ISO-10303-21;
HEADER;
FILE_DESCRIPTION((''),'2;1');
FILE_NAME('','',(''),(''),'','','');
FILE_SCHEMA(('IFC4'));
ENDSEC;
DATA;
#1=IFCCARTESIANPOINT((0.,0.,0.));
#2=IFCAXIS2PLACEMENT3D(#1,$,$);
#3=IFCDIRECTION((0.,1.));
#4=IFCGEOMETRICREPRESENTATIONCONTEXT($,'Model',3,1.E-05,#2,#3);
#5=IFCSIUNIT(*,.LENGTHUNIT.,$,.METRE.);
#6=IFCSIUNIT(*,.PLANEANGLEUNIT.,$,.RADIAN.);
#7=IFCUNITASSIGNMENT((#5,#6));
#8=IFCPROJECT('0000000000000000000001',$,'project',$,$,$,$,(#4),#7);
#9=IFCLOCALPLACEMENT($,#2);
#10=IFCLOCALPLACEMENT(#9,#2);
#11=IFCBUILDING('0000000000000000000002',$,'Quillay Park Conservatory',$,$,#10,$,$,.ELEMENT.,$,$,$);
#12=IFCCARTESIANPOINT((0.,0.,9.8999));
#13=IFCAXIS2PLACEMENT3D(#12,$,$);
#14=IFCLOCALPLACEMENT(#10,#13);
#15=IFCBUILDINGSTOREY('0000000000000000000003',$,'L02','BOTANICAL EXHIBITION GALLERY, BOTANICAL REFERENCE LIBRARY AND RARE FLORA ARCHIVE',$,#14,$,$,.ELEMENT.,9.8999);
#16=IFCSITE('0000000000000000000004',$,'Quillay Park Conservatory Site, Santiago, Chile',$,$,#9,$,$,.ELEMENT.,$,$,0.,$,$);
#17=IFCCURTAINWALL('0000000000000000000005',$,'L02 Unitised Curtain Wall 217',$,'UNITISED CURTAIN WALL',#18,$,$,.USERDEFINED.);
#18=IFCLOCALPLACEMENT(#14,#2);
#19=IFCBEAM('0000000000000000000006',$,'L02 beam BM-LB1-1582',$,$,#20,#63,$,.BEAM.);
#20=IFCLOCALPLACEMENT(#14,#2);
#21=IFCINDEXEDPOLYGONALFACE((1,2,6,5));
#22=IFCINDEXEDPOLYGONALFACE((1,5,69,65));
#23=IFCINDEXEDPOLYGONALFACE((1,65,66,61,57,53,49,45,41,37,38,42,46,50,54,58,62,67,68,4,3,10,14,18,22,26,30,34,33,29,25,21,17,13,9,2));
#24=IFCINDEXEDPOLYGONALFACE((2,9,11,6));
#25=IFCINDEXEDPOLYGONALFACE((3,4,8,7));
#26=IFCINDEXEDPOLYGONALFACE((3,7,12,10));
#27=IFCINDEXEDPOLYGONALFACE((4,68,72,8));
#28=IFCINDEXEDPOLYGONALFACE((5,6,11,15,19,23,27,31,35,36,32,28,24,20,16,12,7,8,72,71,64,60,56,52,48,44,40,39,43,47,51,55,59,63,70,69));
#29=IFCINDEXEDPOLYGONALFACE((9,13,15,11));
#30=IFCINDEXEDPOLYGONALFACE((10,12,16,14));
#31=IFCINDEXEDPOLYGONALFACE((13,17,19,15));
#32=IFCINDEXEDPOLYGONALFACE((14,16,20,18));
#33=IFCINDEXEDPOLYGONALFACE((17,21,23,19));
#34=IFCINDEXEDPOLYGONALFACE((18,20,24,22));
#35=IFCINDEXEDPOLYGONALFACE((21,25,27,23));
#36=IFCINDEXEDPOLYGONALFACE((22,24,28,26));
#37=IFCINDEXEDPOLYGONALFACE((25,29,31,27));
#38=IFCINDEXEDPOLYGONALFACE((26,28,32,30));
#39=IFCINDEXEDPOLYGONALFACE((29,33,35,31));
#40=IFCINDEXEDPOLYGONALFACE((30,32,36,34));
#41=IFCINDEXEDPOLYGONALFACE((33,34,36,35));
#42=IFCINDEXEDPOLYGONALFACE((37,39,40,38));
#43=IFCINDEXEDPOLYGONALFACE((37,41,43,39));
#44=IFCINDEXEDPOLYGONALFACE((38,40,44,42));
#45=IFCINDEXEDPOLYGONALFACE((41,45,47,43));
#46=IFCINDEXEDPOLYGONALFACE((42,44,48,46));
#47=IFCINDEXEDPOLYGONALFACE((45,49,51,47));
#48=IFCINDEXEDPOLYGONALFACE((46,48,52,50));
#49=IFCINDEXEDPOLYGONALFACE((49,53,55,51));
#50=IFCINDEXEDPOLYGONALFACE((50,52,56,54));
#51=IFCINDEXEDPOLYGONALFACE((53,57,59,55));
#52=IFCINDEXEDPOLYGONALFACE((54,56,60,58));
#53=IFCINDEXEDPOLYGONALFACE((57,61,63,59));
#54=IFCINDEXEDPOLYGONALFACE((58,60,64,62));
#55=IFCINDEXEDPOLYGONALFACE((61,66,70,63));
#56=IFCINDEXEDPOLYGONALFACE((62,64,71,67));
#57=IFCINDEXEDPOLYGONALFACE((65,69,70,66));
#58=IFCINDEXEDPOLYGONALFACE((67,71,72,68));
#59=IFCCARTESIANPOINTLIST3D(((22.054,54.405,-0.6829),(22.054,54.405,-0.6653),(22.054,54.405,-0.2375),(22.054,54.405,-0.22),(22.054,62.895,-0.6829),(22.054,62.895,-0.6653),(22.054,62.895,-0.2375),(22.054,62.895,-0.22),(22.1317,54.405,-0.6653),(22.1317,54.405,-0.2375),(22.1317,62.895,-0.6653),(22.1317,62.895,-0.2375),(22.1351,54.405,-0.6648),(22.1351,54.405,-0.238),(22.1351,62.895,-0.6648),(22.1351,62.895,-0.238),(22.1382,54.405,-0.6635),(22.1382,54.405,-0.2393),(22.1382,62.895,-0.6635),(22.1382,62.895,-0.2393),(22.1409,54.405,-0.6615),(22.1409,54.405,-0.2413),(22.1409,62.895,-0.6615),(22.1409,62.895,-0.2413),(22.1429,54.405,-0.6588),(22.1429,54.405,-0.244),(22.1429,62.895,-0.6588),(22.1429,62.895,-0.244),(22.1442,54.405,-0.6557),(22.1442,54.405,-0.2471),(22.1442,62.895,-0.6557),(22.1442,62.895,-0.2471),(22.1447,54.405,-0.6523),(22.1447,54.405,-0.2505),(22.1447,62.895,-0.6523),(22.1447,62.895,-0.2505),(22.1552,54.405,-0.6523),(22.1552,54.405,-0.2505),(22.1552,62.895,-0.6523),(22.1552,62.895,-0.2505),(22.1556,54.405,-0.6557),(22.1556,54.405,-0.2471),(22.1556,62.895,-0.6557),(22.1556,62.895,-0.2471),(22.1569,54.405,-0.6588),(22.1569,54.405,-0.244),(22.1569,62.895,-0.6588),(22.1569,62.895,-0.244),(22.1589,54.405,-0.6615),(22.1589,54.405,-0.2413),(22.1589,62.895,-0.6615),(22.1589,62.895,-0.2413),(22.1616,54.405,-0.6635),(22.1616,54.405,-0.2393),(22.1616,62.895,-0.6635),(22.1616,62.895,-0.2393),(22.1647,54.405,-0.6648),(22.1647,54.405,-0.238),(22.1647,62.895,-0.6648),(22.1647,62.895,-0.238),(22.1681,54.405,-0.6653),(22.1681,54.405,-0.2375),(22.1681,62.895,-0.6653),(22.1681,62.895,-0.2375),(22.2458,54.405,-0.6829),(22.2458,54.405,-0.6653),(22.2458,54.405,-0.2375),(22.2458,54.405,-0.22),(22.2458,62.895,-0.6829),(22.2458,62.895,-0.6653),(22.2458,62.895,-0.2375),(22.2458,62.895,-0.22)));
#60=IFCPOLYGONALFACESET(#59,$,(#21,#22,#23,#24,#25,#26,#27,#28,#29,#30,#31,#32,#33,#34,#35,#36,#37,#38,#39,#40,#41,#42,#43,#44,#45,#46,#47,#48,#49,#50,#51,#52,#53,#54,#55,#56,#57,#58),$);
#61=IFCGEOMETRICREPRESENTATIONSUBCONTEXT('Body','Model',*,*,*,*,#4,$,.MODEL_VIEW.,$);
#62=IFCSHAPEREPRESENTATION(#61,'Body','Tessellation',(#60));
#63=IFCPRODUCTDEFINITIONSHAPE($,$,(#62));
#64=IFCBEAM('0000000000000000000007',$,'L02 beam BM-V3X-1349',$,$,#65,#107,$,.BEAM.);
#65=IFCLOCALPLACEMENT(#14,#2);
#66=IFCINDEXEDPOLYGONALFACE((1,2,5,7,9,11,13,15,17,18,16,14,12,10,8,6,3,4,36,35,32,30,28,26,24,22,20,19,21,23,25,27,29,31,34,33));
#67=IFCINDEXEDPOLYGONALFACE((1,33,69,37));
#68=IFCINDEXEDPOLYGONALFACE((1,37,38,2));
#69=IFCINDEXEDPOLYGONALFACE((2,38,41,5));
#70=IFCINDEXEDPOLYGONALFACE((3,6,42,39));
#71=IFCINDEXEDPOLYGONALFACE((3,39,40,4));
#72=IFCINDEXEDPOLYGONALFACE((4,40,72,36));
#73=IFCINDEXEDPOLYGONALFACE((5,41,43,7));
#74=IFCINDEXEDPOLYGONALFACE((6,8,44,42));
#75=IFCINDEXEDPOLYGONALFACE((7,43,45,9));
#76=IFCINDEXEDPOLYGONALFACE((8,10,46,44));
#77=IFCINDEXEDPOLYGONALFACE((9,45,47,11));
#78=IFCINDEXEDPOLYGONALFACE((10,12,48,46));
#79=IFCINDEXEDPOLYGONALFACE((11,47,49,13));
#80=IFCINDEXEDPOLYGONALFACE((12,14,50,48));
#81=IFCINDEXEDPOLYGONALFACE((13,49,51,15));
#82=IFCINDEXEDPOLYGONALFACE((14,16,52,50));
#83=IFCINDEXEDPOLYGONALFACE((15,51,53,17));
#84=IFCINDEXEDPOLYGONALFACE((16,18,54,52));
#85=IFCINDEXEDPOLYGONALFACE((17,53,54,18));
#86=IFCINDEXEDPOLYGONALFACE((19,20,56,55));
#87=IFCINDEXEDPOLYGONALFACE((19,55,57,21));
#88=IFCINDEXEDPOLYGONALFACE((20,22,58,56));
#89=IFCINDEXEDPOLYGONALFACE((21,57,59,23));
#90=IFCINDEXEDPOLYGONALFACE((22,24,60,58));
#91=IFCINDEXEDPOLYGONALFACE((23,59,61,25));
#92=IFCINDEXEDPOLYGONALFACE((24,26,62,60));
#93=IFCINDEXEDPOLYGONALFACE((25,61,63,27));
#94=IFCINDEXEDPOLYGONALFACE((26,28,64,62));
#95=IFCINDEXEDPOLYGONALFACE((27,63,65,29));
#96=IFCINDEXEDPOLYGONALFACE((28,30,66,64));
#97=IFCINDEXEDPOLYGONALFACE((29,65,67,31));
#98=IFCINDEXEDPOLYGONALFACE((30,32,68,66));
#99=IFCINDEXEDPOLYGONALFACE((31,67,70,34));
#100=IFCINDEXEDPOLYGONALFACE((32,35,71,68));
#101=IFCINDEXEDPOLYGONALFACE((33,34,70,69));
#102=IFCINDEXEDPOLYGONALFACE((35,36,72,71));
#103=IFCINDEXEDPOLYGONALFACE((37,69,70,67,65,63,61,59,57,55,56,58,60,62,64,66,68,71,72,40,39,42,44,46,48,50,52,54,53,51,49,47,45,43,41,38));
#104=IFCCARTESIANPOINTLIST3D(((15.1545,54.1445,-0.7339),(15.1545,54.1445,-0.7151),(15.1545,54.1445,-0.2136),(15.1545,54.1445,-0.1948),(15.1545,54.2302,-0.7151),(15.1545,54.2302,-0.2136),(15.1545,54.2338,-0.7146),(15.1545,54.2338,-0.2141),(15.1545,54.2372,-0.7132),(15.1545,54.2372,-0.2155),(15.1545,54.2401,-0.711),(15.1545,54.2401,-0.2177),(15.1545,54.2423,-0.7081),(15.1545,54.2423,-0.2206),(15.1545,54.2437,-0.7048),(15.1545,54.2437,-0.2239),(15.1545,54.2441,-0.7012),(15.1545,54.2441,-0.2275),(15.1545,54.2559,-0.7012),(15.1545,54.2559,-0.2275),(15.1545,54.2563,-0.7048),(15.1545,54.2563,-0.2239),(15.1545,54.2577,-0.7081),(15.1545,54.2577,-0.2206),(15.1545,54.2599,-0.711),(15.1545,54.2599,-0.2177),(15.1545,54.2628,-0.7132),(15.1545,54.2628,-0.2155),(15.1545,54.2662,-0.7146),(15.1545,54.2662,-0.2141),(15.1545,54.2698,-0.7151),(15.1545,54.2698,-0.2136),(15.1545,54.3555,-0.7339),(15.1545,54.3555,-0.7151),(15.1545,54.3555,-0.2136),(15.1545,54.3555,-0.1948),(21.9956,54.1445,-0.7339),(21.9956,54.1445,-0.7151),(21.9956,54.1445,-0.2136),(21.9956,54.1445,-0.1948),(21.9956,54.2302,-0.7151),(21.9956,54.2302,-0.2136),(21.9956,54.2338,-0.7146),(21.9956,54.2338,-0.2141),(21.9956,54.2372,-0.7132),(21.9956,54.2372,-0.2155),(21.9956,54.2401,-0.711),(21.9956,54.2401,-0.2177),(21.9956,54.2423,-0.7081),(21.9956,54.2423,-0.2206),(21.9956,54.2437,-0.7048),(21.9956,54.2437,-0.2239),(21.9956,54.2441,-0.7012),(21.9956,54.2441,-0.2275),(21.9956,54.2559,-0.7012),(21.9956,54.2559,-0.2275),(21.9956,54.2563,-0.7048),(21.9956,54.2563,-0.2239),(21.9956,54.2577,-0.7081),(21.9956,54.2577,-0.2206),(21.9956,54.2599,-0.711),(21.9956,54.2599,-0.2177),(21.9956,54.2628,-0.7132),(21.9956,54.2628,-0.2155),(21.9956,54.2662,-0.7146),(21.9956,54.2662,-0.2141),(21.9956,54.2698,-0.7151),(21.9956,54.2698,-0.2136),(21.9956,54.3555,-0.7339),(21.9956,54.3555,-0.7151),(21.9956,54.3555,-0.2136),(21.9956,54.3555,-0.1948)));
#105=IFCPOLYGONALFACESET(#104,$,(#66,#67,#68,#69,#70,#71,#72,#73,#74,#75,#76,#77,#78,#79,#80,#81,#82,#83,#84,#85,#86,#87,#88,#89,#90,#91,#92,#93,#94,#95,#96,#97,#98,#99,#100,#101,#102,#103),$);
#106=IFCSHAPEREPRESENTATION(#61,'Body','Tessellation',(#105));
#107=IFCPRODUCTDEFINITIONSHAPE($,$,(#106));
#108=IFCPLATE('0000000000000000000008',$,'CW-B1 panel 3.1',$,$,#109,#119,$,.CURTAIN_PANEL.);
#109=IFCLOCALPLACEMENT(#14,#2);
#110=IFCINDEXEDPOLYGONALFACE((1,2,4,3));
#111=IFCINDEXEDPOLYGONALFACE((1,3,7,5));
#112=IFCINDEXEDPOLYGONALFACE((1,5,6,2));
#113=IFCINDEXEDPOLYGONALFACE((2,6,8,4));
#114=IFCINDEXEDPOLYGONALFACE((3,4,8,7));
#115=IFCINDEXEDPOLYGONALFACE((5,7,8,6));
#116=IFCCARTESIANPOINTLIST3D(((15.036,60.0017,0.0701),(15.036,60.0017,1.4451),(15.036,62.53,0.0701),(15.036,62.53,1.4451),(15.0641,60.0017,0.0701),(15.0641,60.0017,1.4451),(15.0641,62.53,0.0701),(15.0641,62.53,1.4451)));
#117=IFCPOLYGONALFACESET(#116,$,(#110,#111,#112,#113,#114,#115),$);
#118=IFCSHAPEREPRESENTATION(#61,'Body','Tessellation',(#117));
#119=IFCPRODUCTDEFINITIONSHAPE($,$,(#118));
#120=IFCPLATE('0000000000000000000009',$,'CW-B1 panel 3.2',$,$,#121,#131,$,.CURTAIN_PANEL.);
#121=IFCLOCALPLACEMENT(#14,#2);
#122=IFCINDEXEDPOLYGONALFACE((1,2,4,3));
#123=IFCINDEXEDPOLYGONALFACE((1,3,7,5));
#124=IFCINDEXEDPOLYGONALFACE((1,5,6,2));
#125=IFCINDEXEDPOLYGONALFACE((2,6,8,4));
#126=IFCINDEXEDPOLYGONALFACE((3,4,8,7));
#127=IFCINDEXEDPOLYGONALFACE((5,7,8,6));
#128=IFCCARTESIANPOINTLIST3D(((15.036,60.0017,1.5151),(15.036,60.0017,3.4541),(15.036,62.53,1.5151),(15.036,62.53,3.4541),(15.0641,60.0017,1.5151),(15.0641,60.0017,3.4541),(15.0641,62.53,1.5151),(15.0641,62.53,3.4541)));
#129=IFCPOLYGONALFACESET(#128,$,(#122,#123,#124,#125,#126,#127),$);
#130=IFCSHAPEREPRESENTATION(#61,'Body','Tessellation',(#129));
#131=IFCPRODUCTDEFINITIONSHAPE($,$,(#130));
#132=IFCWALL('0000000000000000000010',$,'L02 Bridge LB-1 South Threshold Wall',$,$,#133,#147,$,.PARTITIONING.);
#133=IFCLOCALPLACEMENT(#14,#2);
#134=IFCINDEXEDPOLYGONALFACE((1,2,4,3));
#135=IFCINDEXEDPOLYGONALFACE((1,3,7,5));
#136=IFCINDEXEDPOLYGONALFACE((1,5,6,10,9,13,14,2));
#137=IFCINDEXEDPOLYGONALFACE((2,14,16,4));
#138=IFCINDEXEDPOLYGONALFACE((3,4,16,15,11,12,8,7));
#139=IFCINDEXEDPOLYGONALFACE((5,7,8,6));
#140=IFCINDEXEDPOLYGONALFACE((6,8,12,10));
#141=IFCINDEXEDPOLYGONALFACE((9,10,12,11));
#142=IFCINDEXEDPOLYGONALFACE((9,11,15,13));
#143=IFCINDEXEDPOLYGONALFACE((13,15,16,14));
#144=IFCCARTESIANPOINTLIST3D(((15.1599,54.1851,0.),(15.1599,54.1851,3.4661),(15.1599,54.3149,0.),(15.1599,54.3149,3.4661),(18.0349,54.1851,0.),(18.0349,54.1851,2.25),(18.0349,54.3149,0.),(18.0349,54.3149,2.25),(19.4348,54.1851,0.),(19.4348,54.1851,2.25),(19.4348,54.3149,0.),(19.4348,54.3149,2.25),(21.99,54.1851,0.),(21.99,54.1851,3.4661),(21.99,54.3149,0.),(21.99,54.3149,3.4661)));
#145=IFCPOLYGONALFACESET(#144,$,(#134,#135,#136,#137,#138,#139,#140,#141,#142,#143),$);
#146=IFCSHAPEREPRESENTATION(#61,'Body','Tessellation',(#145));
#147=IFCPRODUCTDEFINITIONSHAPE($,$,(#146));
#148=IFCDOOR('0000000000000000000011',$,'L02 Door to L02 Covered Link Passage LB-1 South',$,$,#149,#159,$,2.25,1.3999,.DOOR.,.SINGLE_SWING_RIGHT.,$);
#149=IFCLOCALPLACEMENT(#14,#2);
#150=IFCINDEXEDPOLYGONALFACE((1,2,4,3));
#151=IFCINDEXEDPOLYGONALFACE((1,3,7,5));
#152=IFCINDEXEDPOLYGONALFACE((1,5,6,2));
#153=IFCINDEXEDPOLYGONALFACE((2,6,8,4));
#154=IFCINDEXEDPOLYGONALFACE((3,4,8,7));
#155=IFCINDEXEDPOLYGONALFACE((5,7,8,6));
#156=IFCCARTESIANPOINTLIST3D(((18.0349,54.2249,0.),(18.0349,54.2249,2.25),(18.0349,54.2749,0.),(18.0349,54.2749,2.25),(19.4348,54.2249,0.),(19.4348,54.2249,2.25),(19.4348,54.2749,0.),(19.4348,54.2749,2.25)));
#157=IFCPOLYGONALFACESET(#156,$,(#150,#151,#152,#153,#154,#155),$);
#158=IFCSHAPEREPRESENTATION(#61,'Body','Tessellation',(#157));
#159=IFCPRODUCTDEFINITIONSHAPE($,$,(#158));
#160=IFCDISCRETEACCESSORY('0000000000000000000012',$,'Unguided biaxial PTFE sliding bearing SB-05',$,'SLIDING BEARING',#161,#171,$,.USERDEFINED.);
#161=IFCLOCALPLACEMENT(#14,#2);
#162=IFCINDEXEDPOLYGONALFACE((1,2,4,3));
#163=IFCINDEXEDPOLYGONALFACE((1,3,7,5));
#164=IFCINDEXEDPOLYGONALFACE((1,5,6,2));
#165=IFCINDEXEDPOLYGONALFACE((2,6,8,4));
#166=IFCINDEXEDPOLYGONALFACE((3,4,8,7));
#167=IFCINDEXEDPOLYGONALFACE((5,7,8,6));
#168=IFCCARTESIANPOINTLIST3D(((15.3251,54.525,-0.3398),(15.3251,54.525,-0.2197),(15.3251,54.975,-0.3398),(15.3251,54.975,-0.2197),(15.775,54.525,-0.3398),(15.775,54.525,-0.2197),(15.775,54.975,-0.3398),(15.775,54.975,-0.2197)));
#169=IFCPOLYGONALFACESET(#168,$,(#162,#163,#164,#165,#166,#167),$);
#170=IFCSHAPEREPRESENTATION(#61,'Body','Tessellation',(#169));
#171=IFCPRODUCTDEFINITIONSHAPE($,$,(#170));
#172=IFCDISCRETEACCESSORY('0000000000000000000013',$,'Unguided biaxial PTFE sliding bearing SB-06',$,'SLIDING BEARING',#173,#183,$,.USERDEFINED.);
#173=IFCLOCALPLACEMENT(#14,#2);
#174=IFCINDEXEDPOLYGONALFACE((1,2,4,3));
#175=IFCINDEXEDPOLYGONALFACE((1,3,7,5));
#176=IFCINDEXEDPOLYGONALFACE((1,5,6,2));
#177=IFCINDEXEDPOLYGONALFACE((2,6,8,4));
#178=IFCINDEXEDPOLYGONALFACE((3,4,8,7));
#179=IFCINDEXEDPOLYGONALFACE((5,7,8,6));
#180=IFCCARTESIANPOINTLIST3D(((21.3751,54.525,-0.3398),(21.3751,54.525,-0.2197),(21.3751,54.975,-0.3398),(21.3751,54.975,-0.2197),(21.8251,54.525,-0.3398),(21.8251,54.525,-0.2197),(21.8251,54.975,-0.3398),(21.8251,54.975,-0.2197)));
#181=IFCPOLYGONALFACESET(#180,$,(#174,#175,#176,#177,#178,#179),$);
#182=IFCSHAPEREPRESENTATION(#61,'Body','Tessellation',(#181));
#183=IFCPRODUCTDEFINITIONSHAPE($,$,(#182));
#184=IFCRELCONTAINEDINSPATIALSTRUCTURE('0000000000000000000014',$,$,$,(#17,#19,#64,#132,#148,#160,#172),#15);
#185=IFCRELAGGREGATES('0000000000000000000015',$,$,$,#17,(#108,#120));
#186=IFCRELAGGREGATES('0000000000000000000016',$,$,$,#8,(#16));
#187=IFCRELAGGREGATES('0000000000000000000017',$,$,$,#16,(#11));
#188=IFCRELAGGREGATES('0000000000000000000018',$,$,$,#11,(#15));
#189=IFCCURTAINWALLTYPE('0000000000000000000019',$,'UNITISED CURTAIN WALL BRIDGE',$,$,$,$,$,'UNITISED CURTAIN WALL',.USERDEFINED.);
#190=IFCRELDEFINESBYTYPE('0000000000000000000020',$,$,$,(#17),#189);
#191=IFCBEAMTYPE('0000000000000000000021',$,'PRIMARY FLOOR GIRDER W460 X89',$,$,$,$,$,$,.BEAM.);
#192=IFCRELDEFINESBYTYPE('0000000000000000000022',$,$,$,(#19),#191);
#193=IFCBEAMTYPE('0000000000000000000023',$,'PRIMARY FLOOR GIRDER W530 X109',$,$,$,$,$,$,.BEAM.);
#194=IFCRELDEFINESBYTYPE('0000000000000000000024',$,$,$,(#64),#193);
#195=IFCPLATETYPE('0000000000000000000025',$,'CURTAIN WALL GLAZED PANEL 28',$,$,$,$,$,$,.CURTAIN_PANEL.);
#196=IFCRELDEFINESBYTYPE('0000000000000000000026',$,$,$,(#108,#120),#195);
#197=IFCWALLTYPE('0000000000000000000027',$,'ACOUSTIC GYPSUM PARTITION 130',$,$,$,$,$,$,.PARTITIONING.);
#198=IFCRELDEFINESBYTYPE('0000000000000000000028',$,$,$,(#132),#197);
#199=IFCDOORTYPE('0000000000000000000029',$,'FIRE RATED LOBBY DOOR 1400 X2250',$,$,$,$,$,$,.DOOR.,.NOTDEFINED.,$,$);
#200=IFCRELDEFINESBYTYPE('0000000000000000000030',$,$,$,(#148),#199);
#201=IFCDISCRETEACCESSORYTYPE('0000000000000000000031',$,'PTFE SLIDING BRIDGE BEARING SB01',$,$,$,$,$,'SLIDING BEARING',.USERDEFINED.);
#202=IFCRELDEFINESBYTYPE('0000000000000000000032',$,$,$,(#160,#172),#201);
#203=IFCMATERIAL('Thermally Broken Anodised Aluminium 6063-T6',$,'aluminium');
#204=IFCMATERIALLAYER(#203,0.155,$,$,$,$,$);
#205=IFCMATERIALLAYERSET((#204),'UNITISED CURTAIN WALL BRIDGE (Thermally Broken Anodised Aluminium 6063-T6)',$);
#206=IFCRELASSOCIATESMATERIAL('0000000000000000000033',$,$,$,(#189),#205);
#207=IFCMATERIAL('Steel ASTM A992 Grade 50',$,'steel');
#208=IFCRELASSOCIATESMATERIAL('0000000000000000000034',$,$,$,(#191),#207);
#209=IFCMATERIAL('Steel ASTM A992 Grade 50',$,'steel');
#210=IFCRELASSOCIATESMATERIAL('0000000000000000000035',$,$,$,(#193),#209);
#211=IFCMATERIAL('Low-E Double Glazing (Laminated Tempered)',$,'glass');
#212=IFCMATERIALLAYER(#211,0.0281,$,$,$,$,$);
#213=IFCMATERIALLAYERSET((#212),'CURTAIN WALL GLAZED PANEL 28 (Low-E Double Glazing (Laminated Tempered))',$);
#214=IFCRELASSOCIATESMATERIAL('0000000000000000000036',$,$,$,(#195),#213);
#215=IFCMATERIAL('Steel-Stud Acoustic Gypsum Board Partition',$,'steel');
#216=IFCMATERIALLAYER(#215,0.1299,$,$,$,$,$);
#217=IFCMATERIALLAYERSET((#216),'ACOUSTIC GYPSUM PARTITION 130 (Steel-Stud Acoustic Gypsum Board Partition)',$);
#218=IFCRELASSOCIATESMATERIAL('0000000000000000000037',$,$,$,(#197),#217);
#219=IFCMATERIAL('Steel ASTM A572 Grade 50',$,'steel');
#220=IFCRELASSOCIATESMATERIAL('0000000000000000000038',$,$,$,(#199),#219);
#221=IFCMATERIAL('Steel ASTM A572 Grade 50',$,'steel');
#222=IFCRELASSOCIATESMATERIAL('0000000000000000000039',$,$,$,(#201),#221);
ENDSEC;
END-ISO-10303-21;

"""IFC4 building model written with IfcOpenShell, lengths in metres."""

from ifc_helpers import new_model, si_unit, direction, frame, frame_2d, origin, origin_2d, place, context, subcontext, project, spatial, rectangle, i_section, extrude, material, layer, layer_set, material_profile, profile_set, type_object, element, fill, aggregate, save


model = new_model("IFC4")

# Units and contexts
model_context = context("Model", 3, precision=1e-05, world=origin(), true_north=direction((0.0, 1.0)))
body_context = subcontext(model_context, "Body", "Model", "MODEL_VIEW")
ifc_project = project(units=[si_unit("LENGTHUNIT", "METRE"), si_unit("PLANEANGLEUNIT", "RADIAN")], contexts=[model_context])

# Site, building, storey
site_placement = place(None, origin())
site = spatial("IfcSite", under=ifc_project, at=site_placement, Name="Quillay Park Conservatory Site, Santiago, Chile", CompositionType="ELEMENT", RefElevation=0.0)
building_placement = place(site_placement, origin())
building = spatial("IfcBuilding", under=site, at=building_placement, Name="Quillay Park Conservatory", CompositionType="ELEMENT")
storey_placement = place(building_placement, frame((0.0, 0.0, 9.8999)))
storey = spatial("IfcBuildingStorey", under=building, at=storey_placement, Name="L02", Description="BOTANICAL EXHIBITION GALLERY, BOTANICAL REFERENCE LIBRARY AND RARE FLORA ARCHIVE", CompositionType="ELEMENT", Elevation=9.8999)

# Curtain wall
ifc_material_1 = material(Name="Thermally Broken Anodised Aluminium 6063-T6", Category="aluminium")
ifc_layer_1 = layer(ifc_material_1, 0.155)
ifc_layer_set_1 = layer_set([ifc_layer_1], Name="UNITISED CURTAIN WALL BRIDGE (Thermally Broken Anodised Aluminium 6063-T6)")
curtain_wall_type = type_object("IfcCurtainWallType", Name="UNITISED CURTAIN WALL BRIDGE", ElementType="UNITISED CURTAIN WALL", PredefinedType="USERDEFINED", material=ifc_layer_set_1)
curtain_wall_placement = place(storey_placement, origin())
curtain_wall = element("IfcCurtainWall", 1, at=curtain_wall_placement, inside=storey, type_object=curtain_wall_type, Name="L02 Unitised Curtain Wall 217", ObjectType="UNITISED CURTAIN WALL", PredefinedType="USERDEFINED")

# Beams
ifc_material_2 = material(Name="Steel ASTM A992 Grade 50", Category="steel")
ifc_material_profile_1 = material_profile(ifc_material_2, i_section(OverallWidth=0.1919, OverallDepth=0.4629, WebThickness=0.0105, FlangeThickness=0.0176, FilletRadius=0.0129, at=origin_2d()), Name="W460x89")
ifc_profile_set_1 = profile_set([ifc_material_profile_1], Name="Steel ASTM A992 Grade 50")
beam_type_1 = type_object("IfcBeamType", Name="PRIMARY FLOOR GIRDER W460 X89", PredefinedType="BEAM", material=ifc_profile_set_1)
beam_1_placement = place(storey_placement, frame((22.1499, 54.405, -0.4514), z_axis=(0.0, 1.0, 0.0), x_axis=(-1.0, 0.0, 0.0)))
element("IfcBeam", 2, at=beam_1_placement, inside=storey, type_object=beam_type_1, Name="L02 beam BM-LB1-1582", PredefinedType="BEAM", context=body_context, shape_type="SweptSolid", body=[
    extrude(i_section(OverallWidth=0.1919, OverallDepth=0.4629, WebThickness=0.0105, FlangeThickness=0.0176, FilletRadius=0.0129, at=origin_2d()), origin(), (0.0, 0.0, 1.0), 8.49),
])
ifc_material_3 = material(Name="Steel ASTM A992 Grade 50", Category="steel")
ifc_material_profile_2 = material_profile(ifc_material_3, i_section(OverallWidth=0.2109, OverallDepth=0.5391, WebThickness=0.0117, FlangeThickness=0.0188, FilletRadius=0.0139, at=origin_2d()), Name="W530x109")
ifc_profile_set_2 = profile_set([ifc_material_profile_2], Name="Steel ASTM A992 Grade 50")
beam_type_2 = type_object("IfcBeamType", Name="PRIMARY FLOOR GIRDER W530 X109", PredefinedType="BEAM", material=ifc_profile_set_2)
beam_2_placement = place(storey_placement, frame((15.1545, 54.25, -0.4644), z_axis=(1.0, 0.0, 0.0), x_axis=(0.0, 1.0, 0.0)))
element("IfcBeam", 3, at=beam_2_placement, inside=storey, type_object=beam_type_2, Name="L02 beam BM-V3X-1349", PredefinedType="BEAM", context=body_context, shape_type="SweptSolid", body=[
    extrude(i_section(OverallWidth=0.2109, OverallDepth=0.5391, WebThickness=0.0117, FlangeThickness=0.0188, FilletRadius=0.0139, at=origin_2d()), origin(), (0.0, 0.0, 1.0), 6.8411),
])

# Plates
ifc_material_4 = material(Name="Low-E Double Glazing (Laminated Tempered)", Category="glass")
ifc_layer_2 = layer(ifc_material_4, 0.0281)
ifc_layer_set_2 = layer_set([ifc_layer_2], Name="CURTAIN WALL GLAZED PANEL 28 (Low-E Double Glazing (Laminated Tempered))")
plate_type = type_object("IfcPlateType", Name="CURTAIN WALL GLAZED PANEL 28", PredefinedType="CURTAIN_PANEL", material=ifc_layer_set_2)
plate_1_placement = place(storey_placement, frame((15.05, 61.2659, 0.0701), z_axis=(0.0, 0.0, 1.0), x_axis=(0.0, 1.0, 0.0)))
plate_1 = element("IfcPlate", 4, at=plate_1_placement, type_object=plate_type, Name="CW-B1 panel 3.1", PredefinedType="CURTAIN_PANEL", context=body_context, shape_type="SweptSolid", body=[
    extrude(rectangle(XDim=2.5283, YDim=0.0281, at=origin_2d()), origin(), (0.0, 0.0, 1.0), 1.375),
])
plate_2_placement = place(storey_placement, frame((15.05, 61.2659, 1.5151), z_axis=(0.0, 0.0, 1.0), x_axis=(0.0, 1.0, 0.0)))
plate_2 = element("IfcPlate", 5, at=plate_2_placement, type_object=plate_type, Name="CW-B1 panel 3.2", PredefinedType="CURTAIN_PANEL", context=body_context, shape_type="SweptSolid", body=[
    extrude(rectangle(XDim=2.5283, YDim=0.0281, at=origin_2d()), origin(), (0.0, 0.0, 1.0), 1.939),
])
aggregate(curtain_wall, [plate_1, plate_2])

# Wall, opening, door
ifc_material_5 = material(Name="Steel-Stud Acoustic Gypsum Board Partition", Category="steel")
ifc_layer_3 = layer(ifc_material_5, 0.1299)
ifc_layer_set_3 = layer_set([ifc_layer_3], Name="ACOUSTIC GYPSUM PARTITION 130 (Steel-Stud Acoustic Gypsum Board Partition)")
wall_type = type_object("IfcWallType", Name="ACOUSTIC GYPSUM PARTITION 130", PredefinedType="PARTITIONING", material=ifc_layer_set_3)
wall_placement = place(storey_placement, frame((15.1599, 54.25, 0.0), z_axis=(0.0, 0.0, 1.0), x_axis=(1.0, 0.0, 0.0)))
wall = element("IfcWall", 6, at=wall_placement, inside=storey, type_object=wall_type, Name="L02 Bridge LB-1 South Threshold Wall", PredefinedType="PARTITIONING", context=body_context, shape_type="SweptSolid", body=[
    extrude(rectangle(XDim=6.8301, YDim=0.1299, at=frame_2d((3.415, 0.0))), origin(), (0.0, 0.0, 1.0), 3.4661),
])
opening_placement = place(wall_placement, frame((2.875, 0.0, 0.0)))
opening = element("IfcOpeningElement", 7, at=opening_placement, cuts=wall, PredefinedType="OPENING", context=body_context, shape_type="SweptSolid", body=[
    extrude(rectangle(XDim=1.3999, YDim=2.25, at=frame_2d((0.7, 1.125))), frame((0.0, 0.0649, 0.0), z_axis=(0.0, -1.0, 0.0), x_axis=(1.0, 0.0, 0.0)), (0.0, 0.0, 1.0), 0.1299),
])
ifc_material_6 = material(Name="Steel ASTM A572 Grade 50", Category="steel")
door_type = type_object("IfcDoorType", Name="FIRE RATED LOBBY DOOR 1400 X2250", OperationType="NOTDEFINED", PredefinedType="DOOR", material=ifc_material_6)
door_placement = place(opening_placement, origin())
door = element("IfcDoor", 8, at=door_placement, inside=storey, type_object=door_type, Name="L02 Door to L02 Covered Link Passage LB-1 South", OperationType="SINGLE_SWING_RIGHT", OverallHeight=2.25, OverallWidth=1.3999, PredefinedType="DOOR", context=body_context, shape_type="SweptSolid", body=[
    extrude(rectangle(XDim=1.3999, YDim=2.25, at=frame_2d((0.7, 1.125))), frame((0.0, 0.0249, 0.0), z_axis=(0.0, -1.0, 0.0), x_axis=(1.0, 0.0, 0.0)), (0.0, 0.0, 1.0), 0.05),
])
fill(opening, door)

# Discrete accessories
ifc_material_7 = material(Name="Steel ASTM A572 Grade 50", Category="steel")
discrete_accessory_type_1 = type_object("IfcDiscreteAccessoryType", Name="PTFE SLIDING BRIDGE BEARING SB01", ElementType="SLIDING BEARING", PredefinedType="USERDEFINED", material=ifc_material_7)
for number, where, z_axis, x_axis, name in (
    (9, (15.55, 54.75, -0.3398), (0.0, 0.0, 1.0), (1.0, 0.0, 0.0), "Unguided biaxial PTFE sliding bearing SB-05"),
    (10, (21.6001, 54.75, -0.3398), (0.0, 0.0, 1.0), (1.0, 0.0, 0.0), "Unguided biaxial PTFE sliding bearing SB-06"),
):
    element("IfcDiscreteAccessory", number, at=place(storey_placement, frame(where, z_axis=z_axis, x_axis=x_axis)), inside=storey, type_object=discrete_accessory_type_1, Name=name, ObjectType="SLIDING BEARING", PredefinedType="USERDEFINED", context=body_context, shape_type="SweptSolid", body=[
        extrude(rectangle(XDim=0.45, YDim=0.45, at=origin_2d()), origin(), (0.0, 0.0, 1.0), 0.1201),
    ])

save(model, "model.ifc")
